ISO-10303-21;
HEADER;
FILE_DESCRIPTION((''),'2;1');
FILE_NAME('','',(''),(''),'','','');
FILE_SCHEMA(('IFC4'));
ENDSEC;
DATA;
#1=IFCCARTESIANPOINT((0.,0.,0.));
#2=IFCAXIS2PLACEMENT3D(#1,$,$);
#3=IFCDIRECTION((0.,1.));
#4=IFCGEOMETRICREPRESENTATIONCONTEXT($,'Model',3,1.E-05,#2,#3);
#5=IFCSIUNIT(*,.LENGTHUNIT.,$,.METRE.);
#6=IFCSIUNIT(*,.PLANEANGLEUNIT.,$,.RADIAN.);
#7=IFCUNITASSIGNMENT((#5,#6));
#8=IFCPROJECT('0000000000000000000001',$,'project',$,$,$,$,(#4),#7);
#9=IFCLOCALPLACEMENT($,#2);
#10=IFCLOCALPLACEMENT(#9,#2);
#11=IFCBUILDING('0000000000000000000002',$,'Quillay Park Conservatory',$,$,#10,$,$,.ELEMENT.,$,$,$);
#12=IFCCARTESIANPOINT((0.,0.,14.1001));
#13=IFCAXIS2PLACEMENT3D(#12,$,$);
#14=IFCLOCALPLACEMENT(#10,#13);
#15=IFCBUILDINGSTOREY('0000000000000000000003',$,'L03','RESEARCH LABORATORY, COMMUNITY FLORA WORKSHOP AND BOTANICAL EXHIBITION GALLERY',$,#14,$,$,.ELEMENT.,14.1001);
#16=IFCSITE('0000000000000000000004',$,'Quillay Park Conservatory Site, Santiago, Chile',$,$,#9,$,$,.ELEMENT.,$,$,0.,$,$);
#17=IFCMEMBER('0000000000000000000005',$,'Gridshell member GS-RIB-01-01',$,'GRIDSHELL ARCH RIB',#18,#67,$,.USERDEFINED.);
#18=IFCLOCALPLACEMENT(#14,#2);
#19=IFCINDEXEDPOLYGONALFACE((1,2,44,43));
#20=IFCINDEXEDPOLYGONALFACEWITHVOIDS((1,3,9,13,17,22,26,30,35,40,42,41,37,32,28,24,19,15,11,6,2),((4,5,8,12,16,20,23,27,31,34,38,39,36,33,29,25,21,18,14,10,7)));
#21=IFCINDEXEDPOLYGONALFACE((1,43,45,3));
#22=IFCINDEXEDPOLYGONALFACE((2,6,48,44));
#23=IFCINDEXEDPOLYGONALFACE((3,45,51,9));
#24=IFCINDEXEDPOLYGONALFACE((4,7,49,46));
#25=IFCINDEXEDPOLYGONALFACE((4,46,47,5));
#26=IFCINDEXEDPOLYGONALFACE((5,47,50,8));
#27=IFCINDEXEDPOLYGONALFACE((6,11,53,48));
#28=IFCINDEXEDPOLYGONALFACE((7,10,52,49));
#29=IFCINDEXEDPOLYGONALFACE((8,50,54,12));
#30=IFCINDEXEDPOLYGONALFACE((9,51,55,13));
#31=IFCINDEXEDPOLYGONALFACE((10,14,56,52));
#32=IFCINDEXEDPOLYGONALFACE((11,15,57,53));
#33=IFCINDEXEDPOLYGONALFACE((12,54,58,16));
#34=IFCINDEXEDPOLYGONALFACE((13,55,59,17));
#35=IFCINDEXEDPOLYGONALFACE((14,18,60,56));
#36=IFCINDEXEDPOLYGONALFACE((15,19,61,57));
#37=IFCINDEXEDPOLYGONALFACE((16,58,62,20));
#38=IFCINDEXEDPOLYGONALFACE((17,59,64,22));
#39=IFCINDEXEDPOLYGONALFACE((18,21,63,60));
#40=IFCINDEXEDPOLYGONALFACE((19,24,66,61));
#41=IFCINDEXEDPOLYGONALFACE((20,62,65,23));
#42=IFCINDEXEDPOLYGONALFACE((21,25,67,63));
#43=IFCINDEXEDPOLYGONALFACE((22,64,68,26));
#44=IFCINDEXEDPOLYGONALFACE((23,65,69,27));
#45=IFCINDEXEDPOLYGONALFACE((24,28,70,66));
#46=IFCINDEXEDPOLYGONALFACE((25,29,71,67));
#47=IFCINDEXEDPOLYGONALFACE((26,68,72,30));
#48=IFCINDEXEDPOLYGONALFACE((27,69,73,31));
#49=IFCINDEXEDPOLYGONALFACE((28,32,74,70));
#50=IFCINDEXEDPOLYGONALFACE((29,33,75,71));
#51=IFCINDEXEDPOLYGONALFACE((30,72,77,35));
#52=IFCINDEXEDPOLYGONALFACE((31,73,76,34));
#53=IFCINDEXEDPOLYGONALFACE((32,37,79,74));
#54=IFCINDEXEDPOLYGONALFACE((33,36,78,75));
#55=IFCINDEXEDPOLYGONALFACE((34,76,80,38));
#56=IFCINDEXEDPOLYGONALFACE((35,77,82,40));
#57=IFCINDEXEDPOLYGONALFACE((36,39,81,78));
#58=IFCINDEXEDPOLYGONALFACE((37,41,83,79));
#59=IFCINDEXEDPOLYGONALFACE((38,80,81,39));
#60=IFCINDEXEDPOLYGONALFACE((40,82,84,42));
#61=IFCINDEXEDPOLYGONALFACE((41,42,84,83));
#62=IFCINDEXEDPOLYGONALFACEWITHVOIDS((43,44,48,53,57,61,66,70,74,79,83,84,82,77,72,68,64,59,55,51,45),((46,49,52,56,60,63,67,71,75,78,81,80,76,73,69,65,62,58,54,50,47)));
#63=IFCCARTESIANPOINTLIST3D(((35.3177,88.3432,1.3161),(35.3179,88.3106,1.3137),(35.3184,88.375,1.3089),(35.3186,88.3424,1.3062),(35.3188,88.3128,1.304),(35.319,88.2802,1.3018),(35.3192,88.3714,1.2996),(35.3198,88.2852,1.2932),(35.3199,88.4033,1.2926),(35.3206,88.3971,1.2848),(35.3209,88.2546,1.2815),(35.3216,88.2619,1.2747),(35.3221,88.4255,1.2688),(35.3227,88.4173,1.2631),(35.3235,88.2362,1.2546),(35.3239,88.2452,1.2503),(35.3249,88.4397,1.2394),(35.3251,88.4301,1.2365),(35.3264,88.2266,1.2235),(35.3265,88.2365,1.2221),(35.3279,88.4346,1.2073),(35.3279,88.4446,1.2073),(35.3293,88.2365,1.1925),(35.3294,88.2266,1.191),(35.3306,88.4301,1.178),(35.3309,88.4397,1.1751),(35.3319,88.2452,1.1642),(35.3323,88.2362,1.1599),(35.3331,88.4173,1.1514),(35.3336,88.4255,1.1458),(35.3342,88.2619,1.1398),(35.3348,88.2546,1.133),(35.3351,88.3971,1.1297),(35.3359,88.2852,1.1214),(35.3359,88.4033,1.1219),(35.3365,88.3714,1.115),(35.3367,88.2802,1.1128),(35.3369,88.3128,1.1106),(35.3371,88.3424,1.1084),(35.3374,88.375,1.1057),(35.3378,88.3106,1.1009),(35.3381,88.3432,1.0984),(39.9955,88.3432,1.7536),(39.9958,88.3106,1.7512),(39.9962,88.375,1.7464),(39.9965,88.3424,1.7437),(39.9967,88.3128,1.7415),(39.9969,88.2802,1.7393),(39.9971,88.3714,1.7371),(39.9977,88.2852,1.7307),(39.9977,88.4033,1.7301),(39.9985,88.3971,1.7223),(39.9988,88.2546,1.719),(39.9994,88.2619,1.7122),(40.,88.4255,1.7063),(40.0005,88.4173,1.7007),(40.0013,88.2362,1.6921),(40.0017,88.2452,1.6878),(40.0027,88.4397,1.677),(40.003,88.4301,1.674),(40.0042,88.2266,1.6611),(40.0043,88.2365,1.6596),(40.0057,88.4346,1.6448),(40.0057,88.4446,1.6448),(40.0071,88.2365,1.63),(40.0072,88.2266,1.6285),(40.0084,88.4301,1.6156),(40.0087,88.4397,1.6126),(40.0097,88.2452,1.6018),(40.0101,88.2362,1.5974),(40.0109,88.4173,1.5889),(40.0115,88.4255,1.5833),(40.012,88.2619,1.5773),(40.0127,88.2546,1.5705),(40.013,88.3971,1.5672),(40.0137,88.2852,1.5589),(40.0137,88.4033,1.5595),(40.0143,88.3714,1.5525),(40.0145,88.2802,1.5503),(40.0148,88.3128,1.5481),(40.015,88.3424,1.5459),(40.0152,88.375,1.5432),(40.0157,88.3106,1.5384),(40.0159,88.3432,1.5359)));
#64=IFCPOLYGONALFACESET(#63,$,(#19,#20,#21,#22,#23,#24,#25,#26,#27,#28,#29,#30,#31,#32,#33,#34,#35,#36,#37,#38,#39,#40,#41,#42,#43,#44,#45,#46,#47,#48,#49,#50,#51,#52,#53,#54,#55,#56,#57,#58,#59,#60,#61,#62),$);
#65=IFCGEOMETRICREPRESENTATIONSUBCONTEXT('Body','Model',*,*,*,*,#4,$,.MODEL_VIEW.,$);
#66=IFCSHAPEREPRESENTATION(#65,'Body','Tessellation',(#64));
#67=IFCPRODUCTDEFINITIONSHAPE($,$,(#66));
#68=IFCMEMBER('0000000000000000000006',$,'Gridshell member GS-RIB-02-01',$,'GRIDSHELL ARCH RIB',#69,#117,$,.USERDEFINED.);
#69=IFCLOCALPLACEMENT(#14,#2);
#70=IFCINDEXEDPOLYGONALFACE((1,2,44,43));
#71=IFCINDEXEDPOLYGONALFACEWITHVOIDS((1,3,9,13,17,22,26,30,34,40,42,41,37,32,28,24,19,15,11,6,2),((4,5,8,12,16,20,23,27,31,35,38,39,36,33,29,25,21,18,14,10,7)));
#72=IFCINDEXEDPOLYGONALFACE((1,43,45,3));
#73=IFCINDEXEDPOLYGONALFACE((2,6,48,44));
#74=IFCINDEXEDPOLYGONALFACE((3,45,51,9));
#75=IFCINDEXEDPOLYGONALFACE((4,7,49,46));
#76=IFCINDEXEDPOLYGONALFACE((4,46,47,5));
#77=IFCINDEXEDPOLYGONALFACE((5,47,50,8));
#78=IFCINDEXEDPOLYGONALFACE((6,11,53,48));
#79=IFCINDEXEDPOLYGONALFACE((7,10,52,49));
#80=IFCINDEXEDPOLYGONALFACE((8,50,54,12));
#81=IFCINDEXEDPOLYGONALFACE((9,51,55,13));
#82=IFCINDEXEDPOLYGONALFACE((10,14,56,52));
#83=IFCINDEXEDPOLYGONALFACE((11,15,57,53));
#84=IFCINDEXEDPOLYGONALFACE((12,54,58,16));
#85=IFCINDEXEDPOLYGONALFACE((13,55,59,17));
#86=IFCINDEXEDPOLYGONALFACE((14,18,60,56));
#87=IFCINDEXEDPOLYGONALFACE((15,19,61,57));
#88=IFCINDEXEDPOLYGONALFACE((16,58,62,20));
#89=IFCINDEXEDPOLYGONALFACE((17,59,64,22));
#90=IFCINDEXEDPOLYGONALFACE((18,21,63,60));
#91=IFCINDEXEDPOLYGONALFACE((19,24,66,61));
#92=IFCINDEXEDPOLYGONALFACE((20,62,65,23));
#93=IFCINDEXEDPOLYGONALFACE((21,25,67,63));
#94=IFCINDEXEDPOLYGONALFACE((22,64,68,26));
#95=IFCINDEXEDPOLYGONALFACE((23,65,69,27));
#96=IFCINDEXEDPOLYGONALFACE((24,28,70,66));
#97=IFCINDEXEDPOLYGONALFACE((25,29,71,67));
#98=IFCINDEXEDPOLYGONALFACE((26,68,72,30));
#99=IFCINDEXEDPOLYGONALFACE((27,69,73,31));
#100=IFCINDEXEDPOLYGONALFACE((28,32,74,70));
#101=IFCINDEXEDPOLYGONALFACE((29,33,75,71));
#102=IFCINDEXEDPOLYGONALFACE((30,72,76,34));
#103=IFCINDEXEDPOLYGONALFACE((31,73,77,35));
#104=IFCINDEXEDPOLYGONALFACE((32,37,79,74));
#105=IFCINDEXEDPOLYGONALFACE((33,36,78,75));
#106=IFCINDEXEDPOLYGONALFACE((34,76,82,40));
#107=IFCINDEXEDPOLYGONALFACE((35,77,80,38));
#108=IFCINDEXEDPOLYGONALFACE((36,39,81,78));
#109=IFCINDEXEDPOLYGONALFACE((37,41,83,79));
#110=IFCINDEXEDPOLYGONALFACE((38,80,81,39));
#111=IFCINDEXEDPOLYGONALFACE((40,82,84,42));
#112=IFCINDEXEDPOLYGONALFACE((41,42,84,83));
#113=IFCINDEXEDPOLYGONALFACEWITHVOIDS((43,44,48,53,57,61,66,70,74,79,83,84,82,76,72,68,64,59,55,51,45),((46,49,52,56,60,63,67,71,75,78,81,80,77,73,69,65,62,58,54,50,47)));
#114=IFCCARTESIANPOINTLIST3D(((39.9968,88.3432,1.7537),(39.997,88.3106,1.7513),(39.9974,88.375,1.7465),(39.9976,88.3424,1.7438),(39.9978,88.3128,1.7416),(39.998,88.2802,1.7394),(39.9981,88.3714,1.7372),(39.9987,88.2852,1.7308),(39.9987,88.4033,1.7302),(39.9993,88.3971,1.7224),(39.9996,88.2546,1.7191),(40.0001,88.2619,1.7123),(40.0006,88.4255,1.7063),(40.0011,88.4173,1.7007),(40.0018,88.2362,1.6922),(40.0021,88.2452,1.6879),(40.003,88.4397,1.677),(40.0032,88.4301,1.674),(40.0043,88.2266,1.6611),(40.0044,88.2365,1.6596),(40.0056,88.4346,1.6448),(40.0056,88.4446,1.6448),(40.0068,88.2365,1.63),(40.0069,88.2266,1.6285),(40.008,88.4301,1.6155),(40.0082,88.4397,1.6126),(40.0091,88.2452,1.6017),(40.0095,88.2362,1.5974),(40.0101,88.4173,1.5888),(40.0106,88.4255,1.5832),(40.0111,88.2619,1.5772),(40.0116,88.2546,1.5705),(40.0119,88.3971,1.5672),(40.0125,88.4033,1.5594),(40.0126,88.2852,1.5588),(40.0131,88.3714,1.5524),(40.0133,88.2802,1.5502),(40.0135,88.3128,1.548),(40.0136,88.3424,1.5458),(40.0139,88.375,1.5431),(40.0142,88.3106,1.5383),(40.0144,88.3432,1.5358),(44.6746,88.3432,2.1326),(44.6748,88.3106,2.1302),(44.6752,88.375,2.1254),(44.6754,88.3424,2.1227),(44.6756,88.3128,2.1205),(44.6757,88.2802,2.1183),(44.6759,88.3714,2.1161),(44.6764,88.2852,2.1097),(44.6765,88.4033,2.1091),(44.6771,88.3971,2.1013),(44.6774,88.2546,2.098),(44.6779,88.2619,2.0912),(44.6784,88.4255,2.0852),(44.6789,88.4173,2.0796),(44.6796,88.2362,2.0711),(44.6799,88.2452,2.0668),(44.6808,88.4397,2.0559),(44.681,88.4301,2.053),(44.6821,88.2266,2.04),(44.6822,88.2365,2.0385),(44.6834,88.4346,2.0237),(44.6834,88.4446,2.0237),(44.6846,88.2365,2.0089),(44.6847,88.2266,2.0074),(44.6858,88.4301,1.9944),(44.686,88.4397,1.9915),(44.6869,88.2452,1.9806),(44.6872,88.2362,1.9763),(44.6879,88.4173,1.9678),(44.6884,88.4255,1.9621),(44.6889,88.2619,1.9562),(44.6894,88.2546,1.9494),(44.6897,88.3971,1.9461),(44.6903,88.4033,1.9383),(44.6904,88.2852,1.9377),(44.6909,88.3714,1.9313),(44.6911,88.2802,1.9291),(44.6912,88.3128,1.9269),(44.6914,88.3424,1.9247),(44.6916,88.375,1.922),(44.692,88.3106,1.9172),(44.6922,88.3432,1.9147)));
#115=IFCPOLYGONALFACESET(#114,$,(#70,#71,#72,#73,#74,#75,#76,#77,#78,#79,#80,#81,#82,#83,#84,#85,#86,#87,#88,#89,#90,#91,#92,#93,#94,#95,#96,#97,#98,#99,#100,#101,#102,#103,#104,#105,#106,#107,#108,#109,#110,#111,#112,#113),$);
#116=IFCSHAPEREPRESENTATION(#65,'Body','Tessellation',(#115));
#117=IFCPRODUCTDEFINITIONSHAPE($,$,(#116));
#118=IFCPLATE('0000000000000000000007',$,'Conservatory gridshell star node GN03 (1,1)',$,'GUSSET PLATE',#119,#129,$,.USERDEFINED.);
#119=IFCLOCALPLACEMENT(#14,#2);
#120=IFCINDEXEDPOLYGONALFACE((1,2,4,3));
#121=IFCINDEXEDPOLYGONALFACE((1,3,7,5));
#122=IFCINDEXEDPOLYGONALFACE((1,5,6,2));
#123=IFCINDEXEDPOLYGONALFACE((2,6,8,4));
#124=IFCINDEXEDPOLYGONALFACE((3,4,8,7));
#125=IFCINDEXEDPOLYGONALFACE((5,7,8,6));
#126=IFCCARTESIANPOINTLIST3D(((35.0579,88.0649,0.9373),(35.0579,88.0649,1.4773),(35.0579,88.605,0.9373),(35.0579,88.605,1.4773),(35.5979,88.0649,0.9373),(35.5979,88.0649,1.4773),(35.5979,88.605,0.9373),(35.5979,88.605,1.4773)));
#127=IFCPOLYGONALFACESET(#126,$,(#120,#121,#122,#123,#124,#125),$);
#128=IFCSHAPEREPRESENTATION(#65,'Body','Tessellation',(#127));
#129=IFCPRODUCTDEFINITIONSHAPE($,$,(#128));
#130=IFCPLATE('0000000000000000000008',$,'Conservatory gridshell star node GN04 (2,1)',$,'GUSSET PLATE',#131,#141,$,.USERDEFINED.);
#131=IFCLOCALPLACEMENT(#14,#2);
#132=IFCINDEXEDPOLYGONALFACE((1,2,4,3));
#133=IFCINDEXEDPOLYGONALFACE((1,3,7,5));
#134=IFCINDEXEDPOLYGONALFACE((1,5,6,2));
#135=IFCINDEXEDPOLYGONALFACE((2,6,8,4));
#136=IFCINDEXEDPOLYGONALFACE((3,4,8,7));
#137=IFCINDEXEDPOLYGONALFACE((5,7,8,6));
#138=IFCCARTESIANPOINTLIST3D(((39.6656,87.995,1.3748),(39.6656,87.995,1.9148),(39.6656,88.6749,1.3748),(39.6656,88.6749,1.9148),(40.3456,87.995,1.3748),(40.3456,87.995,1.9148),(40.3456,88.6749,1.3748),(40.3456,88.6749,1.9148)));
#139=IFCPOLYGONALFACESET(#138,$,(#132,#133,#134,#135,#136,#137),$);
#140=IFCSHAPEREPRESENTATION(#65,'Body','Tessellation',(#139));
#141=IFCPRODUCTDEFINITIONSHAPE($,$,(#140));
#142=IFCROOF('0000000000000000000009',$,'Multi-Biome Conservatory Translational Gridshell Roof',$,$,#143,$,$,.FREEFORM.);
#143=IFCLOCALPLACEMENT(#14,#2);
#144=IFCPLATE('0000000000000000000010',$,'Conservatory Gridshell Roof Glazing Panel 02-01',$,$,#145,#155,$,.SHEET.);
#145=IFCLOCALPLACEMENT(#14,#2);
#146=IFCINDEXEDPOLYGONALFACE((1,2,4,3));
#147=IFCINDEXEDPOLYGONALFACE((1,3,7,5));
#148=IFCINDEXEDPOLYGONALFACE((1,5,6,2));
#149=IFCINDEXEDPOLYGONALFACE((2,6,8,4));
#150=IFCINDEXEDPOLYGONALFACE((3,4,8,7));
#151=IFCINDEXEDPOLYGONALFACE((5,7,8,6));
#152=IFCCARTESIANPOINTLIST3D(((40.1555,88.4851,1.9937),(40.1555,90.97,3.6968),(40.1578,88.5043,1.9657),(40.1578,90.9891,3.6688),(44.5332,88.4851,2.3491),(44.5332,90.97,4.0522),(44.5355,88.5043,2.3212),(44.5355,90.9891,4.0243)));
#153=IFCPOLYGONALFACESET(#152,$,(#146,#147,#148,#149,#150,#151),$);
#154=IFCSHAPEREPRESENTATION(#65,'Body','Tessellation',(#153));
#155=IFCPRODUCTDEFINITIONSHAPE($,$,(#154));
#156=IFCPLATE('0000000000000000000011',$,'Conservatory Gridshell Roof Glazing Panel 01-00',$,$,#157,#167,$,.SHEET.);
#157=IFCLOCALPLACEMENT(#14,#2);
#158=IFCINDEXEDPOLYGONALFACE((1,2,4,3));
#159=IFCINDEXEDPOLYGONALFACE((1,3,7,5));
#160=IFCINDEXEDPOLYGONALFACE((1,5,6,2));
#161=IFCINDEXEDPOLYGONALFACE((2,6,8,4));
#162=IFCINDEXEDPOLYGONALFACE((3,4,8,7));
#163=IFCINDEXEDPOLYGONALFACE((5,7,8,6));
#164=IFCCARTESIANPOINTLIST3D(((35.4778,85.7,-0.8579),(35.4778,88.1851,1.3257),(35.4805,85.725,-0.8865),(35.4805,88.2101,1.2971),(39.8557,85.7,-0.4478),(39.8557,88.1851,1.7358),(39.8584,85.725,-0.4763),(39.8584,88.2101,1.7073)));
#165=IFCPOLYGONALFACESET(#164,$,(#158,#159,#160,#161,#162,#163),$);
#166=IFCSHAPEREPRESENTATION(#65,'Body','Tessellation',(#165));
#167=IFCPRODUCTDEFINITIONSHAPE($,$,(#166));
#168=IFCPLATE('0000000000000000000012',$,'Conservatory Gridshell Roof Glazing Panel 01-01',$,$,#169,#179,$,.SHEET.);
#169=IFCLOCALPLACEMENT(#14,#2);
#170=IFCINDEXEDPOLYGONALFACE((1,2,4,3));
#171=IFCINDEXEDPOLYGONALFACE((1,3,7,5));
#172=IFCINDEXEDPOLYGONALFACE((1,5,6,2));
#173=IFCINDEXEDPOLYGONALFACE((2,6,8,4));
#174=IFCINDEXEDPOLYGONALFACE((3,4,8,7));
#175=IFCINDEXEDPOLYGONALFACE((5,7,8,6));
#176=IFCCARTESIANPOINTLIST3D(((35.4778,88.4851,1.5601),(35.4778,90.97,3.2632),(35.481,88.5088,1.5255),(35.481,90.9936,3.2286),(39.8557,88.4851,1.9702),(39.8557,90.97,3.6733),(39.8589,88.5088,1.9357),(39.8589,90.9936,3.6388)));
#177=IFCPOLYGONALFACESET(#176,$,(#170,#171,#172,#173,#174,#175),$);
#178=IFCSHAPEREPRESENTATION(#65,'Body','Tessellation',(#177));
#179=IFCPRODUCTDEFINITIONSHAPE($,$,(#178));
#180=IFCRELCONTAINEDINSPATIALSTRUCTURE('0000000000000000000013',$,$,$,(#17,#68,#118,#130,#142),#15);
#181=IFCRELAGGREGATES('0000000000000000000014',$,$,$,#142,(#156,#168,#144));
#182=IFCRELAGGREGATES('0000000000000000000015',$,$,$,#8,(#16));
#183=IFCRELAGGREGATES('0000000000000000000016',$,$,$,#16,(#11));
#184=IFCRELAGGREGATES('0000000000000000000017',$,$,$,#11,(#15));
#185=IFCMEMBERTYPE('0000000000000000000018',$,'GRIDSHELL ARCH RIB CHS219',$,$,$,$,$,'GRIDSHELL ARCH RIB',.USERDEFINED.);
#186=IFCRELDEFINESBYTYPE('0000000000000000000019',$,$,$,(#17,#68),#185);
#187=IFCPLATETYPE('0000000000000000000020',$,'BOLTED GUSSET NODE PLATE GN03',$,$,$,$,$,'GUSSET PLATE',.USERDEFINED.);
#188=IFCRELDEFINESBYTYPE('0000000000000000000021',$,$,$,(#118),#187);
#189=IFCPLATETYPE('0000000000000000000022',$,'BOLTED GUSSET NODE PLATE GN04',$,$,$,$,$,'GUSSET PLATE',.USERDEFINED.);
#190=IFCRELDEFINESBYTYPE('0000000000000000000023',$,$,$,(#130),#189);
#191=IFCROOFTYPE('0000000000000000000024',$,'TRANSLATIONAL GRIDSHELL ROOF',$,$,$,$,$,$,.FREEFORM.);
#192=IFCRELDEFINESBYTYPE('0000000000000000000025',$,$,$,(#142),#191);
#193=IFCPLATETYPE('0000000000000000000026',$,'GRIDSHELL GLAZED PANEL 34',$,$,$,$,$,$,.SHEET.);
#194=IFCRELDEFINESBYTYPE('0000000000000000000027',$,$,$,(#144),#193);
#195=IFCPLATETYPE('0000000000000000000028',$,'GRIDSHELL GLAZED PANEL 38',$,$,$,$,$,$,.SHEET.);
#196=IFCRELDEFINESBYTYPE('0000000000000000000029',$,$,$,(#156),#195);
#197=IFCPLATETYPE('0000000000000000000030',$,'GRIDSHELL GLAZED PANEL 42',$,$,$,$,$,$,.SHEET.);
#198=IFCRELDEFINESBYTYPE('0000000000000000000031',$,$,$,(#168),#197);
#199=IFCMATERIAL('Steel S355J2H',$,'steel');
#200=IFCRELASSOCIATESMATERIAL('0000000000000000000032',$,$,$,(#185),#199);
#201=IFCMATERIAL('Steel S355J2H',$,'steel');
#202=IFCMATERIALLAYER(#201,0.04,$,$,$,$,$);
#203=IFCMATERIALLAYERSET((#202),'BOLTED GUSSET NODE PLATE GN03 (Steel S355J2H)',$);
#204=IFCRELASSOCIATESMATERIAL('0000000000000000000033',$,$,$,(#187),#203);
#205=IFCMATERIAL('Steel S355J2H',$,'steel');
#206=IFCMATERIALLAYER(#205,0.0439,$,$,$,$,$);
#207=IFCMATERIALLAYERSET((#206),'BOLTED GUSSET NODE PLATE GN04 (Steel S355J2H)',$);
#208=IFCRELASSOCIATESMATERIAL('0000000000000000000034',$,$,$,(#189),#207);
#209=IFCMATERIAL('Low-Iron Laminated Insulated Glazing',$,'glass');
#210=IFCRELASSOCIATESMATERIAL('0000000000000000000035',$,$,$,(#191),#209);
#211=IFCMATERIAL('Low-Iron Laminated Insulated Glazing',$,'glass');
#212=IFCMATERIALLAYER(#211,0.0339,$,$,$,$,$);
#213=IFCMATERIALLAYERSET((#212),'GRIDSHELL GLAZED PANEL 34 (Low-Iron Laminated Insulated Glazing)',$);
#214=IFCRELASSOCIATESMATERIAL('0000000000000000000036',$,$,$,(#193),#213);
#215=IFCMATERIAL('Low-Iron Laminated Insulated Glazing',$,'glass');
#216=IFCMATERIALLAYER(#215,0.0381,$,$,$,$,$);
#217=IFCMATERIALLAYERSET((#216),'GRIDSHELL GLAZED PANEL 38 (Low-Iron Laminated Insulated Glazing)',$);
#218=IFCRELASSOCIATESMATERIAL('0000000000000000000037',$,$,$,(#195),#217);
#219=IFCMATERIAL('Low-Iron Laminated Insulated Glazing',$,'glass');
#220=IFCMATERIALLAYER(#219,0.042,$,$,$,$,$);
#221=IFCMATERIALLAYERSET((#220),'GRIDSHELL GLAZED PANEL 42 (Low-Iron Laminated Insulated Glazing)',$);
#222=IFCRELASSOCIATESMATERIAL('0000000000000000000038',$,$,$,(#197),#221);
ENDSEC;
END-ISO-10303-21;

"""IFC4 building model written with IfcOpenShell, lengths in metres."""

from ifc_helpers import new_model, si_unit, direction, frame, origin, origin_2d, place, context, subcontext, project, spatial, polyline, rectangle, hollow_circle, outline, extrude, material, layer, layer_set, material_profile, profile_set, type_object, element, aggregate, save


model = new_model("IFC4")

# Units and contexts
model_context = context("Model", 3, precision=1e-05, world=origin(), true_north=direction((0.0, 1.0)))
body_context = subcontext(model_context, "Body", "Model", "MODEL_VIEW")
ifc_project = project(units=[si_unit("LENGTHUNIT", "METRE"), si_unit("PLANEANGLEUNIT", "RADIAN")], contexts=[model_context])

# Site, building, storey
site_placement = place(None, origin())
site = spatial("IfcSite", under=ifc_project, at=site_placement, Name="Quillay Park Conservatory Site, Santiago, Chile", CompositionType="ELEMENT", RefElevation=0.0)
building_placement = place(site_placement, origin())
building = spatial("IfcBuilding", under=site, at=building_placement, Name="Quillay Park Conservatory", CompositionType="ELEMENT")
storey_placement = place(building_placement, frame((0.0, 0.0, 14.1001)))
storey = spatial("IfcBuildingStorey", under=building, at=storey_placement, Name="L03", Description="RESEARCH LABORATORY, COMMUNITY FLORA WORKSHOP AND BOTANICAL EXHIBITION GALLERY", CompositionType="ELEMENT", Elevation=14.1001)

# Members
ifc_material_1 = material(Name="Steel S355J2H", Category="steel")
ifc_material_profile_1 = material_profile(ifc_material_1, hollow_circle(Radius=0.1096, WallThickness=0.01, at=origin_2d()), Name="CHS219.1x10")
ifc_profile_set_1 = profile_set([ifc_material_profile_1], Name="Steel S355J2H")
member_type = type_object("IfcMemberType", Name="GRIDSHELL ARCH RIB CHS219", ElementType="GRIDSHELL ARCH RIB", PredefinedType="USERDEFINED", material=ifc_profile_set_1)
member_1_placement = place(storey_placement, frame((35.3279, 88.335, 1.2073), z_axis=(0.995655, 0.0, 0.093122), x_axis=(0.0, 1.0, 0.0)))
element("IfcMember", 1, at=member_1_placement, inside=storey, type_object=member_type, Name="Gridshell member GS-RIB-01-01", ObjectType="GRIDSHELL ARCH RIB", PredefinedType="USERDEFINED", context=body_context, shape_type="SweptSolid", body=[
    extrude(hollow_circle(Radius=0.1096, WallThickness=0.01, at=origin_2d()), origin(), (0.0, 0.0, 1.0), 4.6982),
])
member_2_placement = place(storey_placement, frame((40.0056, 88.335, 1.6448), z_axis=(0.996735, 0.0, 0.080738), x_axis=(0.0, 1.0, 0.0)))
element("IfcMember", 2, at=member_2_placement, inside=storey, type_object=member_type, Name="Gridshell member GS-RIB-02-01", ObjectType="GRIDSHELL ARCH RIB", PredefinedType="USERDEFINED", context=body_context, shape_type="SweptSolid", body=[
    extrude(hollow_circle(Radius=0.1096, WallThickness=0.01, at=origin_2d()), origin(), (0.0, 0.0, 1.0), 4.6931),
])

# Plates
ifc_material_2 = material(Name="Steel S355J2H", Category="steel")
ifc_layer_1 = layer(ifc_material_2, 0.04)
ifc_layer_set_1 = layer_set([ifc_layer_1], Name="BOLTED GUSSET NODE PLATE GN03 (Steel S355J2H)")
plate_type_1 = type_object("IfcPlateType", Name="BOLTED GUSSET NODE PLATE GN03", ElementType="GUSSET PLATE", PredefinedType="USERDEFINED", material=ifc_layer_set_1)
plate_1_placement = place(storey_placement, frame((35.3279, 88.335, 0.9373), z_axis=(0.0, 0.0, 1.0), x_axis=(1.0, 0.0, 0.0)))
element("IfcPlate", 3, at=plate_1_placement, inside=storey, type_object=plate_type_1, Name="Conservatory gridshell star node GN03 (1,1)", ObjectType="GUSSET PLATE", PredefinedType="USERDEFINED", context=body_context, shape_type="SweptSolid", body=[
    extrude(rectangle(XDim=0.54, YDim=0.54, at=origin_2d()), origin(), (0.0, 0.0, 1.0), 0.54),
])
ifc_material_3 = material(Name="Steel S355J2H", Category="steel")
ifc_layer_2 = layer(ifc_material_3, 0.0439)
ifc_layer_set_2 = layer_set([ifc_layer_2], Name="BOLTED GUSSET NODE PLATE GN04 (Steel S355J2H)")
plate_type_2 = type_object("IfcPlateType", Name="BOLTED GUSSET NODE PLATE GN04", ElementType="GUSSET PLATE", PredefinedType="USERDEFINED", material=ifc_layer_set_2)
plate_2_placement = place(storey_placement, frame((40.0056, 88.335, 1.3748), z_axis=(0.0, 0.0, 1.0), x_axis=(1.0, 0.0, 0.0)))
element("IfcPlate", 4, at=plate_2_placement, inside=storey, type_object=plate_type_2, Name="Conservatory gridshell star node GN04 (2,1)", ObjectType="GUSSET PLATE", PredefinedType="USERDEFINED", context=body_context, shape_type="SweptSolid", body=[
    extrude(rectangle(XDim=0.6799, YDim=0.6799, at=origin_2d()), origin(), (0.0, 0.0, 1.0), 0.54),
])

# Roof, plates
ifc_material_4 = material(Name="Low-Iron Laminated Insulated Glazing", Category="glass")
roof_type = type_object("IfcRoofType", Name="TRANSLATIONAL GRIDSHELL ROOF", PredefinedType="FREEFORM", material=ifc_material_4)
roof_placement = place(storey_placement, origin())
roof = element("IfcRoof", 5, at=roof_placement, inside=storey, type_object=roof_type, Name="Multi-Biome Conservatory Translational Gridshell Roof", PredefinedType="FREEFORM")
ifc_material_5 = material(Name="Low-Iron Laminated Insulated Glazing", Category="glass")
ifc_layer_3 = layer(ifc_material_5, 0.0339)
ifc_layer_set_3 = layer_set([ifc_layer_3], Name="GRIDSHELL GLAZED PANEL 34 (Low-Iron Laminated Insulated Glazing)")
plate_type_3 = type_object("IfcPlateType", Name="GRIDSHELL GLAZED PANEL 34", PredefinedType="SHEET", material=ifc_layer_set_3)
plate_3_placement = place(storey_placement, frame((40.1555, 88.4851, 1.9937), z_axis=(-0.066828, -0.564088, 0.823006), x_axis=(0.996719, 0.0, 0.080934)))
plate_3 = element("IfcPlate", 6, at=plate_3_placement, type_object=plate_type_3, Name="Conservatory Gridshell Roof Glazing Panel 02-01", PredefinedType="SHEET", context=body_context, shape_type="SweptSolid", body=[
    extrude(outline(polyline([(0.0, 0.0), (4.3921, 0.0), (4.5299, 3.0093), (0.1378, 3.0093), (0.0, 0.0)])), origin(), (0.0, 0.0, -1.0), 0.0339),
])
ifc_material_6 = material(Name="Low-Iron Laminated Insulated Glazing", Category="glass")
ifc_layer_4 = layer(ifc_material_6, 0.0381)
ifc_layer_set_4 = layer_set([ifc_layer_4], Name="GRIDSHELL GLAZED PANEL 38 (Low-Iron Laminated Insulated Glazing)")
plate_type_4 = type_object("IfcPlateType", Name="GRIDSHELL GLAZED PANEL 38", PredefinedType="SHEET", material=ifc_layer_set_4)
plate_4_placement = place(storey_placement, frame((35.4778, 85.7, -0.8579), z_axis=(-0.070205, -0.658437, 0.749355), x_axis=(0.99564, 0.0, 0.093279)))
plate_4 = element("IfcPlate", 7, at=plate_4_placement, type_object=plate_type_4, Name="Conservatory Gridshell Roof Glazing Panel 01-00", PredefinedType="SHEET", context=body_context, shape_type="SweptSolid", body=[
    extrude(outline(polyline([(0.0, 0.0), (4.3971, 0.0), (4.6008, 3.3019), (0.2037, 3.3019), (0.0, 0.0)])), origin(), (0.0, 0.0, -1.0), 0.0381),
])
ifc_material_7 = material(Name="Low-Iron Laminated Insulated Glazing", Category="glass")
ifc_layer_5 = layer(ifc_material_7, 0.042)
ifc_layer_set_5 = layer_set([ifc_layer_5], Name="GRIDSHELL GLAZED PANEL 42 (Low-Iron Laminated Insulated Glazing)")
plate_type_5 = type_object("IfcPlateType", Name="GRIDSHELL GLAZED PANEL 42", PredefinedType="SHEET", material=ifc_layer_set_5)
plate_5_placement = place(storey_placement, frame((35.4778, 88.4851, 1.5601), z_axis=(-0.077048, -0.563671, 0.822398), x_axis=(0.99564, 0.0, 0.093279)))
plate_5 = element("IfcPlate", 8, at=plate_5_placement, type_object=plate_type_5, Name="Conservatory Gridshell Roof Glazing Panel 01-01", PredefinedType="SHEET", context=body_context, shape_type="SweptSolid", body=[
    extrude(outline(polyline([(0.0, 0.0), (4.3971, 0.0), (4.556, 3.0083), (0.1589, 3.0083), (0.0, 0.0)])), origin(), (0.0, 0.0, -1.0), 0.042),
])
aggregate(roof, [plate_4, plate_5, plate_3])

save(model, "model.ifc")
